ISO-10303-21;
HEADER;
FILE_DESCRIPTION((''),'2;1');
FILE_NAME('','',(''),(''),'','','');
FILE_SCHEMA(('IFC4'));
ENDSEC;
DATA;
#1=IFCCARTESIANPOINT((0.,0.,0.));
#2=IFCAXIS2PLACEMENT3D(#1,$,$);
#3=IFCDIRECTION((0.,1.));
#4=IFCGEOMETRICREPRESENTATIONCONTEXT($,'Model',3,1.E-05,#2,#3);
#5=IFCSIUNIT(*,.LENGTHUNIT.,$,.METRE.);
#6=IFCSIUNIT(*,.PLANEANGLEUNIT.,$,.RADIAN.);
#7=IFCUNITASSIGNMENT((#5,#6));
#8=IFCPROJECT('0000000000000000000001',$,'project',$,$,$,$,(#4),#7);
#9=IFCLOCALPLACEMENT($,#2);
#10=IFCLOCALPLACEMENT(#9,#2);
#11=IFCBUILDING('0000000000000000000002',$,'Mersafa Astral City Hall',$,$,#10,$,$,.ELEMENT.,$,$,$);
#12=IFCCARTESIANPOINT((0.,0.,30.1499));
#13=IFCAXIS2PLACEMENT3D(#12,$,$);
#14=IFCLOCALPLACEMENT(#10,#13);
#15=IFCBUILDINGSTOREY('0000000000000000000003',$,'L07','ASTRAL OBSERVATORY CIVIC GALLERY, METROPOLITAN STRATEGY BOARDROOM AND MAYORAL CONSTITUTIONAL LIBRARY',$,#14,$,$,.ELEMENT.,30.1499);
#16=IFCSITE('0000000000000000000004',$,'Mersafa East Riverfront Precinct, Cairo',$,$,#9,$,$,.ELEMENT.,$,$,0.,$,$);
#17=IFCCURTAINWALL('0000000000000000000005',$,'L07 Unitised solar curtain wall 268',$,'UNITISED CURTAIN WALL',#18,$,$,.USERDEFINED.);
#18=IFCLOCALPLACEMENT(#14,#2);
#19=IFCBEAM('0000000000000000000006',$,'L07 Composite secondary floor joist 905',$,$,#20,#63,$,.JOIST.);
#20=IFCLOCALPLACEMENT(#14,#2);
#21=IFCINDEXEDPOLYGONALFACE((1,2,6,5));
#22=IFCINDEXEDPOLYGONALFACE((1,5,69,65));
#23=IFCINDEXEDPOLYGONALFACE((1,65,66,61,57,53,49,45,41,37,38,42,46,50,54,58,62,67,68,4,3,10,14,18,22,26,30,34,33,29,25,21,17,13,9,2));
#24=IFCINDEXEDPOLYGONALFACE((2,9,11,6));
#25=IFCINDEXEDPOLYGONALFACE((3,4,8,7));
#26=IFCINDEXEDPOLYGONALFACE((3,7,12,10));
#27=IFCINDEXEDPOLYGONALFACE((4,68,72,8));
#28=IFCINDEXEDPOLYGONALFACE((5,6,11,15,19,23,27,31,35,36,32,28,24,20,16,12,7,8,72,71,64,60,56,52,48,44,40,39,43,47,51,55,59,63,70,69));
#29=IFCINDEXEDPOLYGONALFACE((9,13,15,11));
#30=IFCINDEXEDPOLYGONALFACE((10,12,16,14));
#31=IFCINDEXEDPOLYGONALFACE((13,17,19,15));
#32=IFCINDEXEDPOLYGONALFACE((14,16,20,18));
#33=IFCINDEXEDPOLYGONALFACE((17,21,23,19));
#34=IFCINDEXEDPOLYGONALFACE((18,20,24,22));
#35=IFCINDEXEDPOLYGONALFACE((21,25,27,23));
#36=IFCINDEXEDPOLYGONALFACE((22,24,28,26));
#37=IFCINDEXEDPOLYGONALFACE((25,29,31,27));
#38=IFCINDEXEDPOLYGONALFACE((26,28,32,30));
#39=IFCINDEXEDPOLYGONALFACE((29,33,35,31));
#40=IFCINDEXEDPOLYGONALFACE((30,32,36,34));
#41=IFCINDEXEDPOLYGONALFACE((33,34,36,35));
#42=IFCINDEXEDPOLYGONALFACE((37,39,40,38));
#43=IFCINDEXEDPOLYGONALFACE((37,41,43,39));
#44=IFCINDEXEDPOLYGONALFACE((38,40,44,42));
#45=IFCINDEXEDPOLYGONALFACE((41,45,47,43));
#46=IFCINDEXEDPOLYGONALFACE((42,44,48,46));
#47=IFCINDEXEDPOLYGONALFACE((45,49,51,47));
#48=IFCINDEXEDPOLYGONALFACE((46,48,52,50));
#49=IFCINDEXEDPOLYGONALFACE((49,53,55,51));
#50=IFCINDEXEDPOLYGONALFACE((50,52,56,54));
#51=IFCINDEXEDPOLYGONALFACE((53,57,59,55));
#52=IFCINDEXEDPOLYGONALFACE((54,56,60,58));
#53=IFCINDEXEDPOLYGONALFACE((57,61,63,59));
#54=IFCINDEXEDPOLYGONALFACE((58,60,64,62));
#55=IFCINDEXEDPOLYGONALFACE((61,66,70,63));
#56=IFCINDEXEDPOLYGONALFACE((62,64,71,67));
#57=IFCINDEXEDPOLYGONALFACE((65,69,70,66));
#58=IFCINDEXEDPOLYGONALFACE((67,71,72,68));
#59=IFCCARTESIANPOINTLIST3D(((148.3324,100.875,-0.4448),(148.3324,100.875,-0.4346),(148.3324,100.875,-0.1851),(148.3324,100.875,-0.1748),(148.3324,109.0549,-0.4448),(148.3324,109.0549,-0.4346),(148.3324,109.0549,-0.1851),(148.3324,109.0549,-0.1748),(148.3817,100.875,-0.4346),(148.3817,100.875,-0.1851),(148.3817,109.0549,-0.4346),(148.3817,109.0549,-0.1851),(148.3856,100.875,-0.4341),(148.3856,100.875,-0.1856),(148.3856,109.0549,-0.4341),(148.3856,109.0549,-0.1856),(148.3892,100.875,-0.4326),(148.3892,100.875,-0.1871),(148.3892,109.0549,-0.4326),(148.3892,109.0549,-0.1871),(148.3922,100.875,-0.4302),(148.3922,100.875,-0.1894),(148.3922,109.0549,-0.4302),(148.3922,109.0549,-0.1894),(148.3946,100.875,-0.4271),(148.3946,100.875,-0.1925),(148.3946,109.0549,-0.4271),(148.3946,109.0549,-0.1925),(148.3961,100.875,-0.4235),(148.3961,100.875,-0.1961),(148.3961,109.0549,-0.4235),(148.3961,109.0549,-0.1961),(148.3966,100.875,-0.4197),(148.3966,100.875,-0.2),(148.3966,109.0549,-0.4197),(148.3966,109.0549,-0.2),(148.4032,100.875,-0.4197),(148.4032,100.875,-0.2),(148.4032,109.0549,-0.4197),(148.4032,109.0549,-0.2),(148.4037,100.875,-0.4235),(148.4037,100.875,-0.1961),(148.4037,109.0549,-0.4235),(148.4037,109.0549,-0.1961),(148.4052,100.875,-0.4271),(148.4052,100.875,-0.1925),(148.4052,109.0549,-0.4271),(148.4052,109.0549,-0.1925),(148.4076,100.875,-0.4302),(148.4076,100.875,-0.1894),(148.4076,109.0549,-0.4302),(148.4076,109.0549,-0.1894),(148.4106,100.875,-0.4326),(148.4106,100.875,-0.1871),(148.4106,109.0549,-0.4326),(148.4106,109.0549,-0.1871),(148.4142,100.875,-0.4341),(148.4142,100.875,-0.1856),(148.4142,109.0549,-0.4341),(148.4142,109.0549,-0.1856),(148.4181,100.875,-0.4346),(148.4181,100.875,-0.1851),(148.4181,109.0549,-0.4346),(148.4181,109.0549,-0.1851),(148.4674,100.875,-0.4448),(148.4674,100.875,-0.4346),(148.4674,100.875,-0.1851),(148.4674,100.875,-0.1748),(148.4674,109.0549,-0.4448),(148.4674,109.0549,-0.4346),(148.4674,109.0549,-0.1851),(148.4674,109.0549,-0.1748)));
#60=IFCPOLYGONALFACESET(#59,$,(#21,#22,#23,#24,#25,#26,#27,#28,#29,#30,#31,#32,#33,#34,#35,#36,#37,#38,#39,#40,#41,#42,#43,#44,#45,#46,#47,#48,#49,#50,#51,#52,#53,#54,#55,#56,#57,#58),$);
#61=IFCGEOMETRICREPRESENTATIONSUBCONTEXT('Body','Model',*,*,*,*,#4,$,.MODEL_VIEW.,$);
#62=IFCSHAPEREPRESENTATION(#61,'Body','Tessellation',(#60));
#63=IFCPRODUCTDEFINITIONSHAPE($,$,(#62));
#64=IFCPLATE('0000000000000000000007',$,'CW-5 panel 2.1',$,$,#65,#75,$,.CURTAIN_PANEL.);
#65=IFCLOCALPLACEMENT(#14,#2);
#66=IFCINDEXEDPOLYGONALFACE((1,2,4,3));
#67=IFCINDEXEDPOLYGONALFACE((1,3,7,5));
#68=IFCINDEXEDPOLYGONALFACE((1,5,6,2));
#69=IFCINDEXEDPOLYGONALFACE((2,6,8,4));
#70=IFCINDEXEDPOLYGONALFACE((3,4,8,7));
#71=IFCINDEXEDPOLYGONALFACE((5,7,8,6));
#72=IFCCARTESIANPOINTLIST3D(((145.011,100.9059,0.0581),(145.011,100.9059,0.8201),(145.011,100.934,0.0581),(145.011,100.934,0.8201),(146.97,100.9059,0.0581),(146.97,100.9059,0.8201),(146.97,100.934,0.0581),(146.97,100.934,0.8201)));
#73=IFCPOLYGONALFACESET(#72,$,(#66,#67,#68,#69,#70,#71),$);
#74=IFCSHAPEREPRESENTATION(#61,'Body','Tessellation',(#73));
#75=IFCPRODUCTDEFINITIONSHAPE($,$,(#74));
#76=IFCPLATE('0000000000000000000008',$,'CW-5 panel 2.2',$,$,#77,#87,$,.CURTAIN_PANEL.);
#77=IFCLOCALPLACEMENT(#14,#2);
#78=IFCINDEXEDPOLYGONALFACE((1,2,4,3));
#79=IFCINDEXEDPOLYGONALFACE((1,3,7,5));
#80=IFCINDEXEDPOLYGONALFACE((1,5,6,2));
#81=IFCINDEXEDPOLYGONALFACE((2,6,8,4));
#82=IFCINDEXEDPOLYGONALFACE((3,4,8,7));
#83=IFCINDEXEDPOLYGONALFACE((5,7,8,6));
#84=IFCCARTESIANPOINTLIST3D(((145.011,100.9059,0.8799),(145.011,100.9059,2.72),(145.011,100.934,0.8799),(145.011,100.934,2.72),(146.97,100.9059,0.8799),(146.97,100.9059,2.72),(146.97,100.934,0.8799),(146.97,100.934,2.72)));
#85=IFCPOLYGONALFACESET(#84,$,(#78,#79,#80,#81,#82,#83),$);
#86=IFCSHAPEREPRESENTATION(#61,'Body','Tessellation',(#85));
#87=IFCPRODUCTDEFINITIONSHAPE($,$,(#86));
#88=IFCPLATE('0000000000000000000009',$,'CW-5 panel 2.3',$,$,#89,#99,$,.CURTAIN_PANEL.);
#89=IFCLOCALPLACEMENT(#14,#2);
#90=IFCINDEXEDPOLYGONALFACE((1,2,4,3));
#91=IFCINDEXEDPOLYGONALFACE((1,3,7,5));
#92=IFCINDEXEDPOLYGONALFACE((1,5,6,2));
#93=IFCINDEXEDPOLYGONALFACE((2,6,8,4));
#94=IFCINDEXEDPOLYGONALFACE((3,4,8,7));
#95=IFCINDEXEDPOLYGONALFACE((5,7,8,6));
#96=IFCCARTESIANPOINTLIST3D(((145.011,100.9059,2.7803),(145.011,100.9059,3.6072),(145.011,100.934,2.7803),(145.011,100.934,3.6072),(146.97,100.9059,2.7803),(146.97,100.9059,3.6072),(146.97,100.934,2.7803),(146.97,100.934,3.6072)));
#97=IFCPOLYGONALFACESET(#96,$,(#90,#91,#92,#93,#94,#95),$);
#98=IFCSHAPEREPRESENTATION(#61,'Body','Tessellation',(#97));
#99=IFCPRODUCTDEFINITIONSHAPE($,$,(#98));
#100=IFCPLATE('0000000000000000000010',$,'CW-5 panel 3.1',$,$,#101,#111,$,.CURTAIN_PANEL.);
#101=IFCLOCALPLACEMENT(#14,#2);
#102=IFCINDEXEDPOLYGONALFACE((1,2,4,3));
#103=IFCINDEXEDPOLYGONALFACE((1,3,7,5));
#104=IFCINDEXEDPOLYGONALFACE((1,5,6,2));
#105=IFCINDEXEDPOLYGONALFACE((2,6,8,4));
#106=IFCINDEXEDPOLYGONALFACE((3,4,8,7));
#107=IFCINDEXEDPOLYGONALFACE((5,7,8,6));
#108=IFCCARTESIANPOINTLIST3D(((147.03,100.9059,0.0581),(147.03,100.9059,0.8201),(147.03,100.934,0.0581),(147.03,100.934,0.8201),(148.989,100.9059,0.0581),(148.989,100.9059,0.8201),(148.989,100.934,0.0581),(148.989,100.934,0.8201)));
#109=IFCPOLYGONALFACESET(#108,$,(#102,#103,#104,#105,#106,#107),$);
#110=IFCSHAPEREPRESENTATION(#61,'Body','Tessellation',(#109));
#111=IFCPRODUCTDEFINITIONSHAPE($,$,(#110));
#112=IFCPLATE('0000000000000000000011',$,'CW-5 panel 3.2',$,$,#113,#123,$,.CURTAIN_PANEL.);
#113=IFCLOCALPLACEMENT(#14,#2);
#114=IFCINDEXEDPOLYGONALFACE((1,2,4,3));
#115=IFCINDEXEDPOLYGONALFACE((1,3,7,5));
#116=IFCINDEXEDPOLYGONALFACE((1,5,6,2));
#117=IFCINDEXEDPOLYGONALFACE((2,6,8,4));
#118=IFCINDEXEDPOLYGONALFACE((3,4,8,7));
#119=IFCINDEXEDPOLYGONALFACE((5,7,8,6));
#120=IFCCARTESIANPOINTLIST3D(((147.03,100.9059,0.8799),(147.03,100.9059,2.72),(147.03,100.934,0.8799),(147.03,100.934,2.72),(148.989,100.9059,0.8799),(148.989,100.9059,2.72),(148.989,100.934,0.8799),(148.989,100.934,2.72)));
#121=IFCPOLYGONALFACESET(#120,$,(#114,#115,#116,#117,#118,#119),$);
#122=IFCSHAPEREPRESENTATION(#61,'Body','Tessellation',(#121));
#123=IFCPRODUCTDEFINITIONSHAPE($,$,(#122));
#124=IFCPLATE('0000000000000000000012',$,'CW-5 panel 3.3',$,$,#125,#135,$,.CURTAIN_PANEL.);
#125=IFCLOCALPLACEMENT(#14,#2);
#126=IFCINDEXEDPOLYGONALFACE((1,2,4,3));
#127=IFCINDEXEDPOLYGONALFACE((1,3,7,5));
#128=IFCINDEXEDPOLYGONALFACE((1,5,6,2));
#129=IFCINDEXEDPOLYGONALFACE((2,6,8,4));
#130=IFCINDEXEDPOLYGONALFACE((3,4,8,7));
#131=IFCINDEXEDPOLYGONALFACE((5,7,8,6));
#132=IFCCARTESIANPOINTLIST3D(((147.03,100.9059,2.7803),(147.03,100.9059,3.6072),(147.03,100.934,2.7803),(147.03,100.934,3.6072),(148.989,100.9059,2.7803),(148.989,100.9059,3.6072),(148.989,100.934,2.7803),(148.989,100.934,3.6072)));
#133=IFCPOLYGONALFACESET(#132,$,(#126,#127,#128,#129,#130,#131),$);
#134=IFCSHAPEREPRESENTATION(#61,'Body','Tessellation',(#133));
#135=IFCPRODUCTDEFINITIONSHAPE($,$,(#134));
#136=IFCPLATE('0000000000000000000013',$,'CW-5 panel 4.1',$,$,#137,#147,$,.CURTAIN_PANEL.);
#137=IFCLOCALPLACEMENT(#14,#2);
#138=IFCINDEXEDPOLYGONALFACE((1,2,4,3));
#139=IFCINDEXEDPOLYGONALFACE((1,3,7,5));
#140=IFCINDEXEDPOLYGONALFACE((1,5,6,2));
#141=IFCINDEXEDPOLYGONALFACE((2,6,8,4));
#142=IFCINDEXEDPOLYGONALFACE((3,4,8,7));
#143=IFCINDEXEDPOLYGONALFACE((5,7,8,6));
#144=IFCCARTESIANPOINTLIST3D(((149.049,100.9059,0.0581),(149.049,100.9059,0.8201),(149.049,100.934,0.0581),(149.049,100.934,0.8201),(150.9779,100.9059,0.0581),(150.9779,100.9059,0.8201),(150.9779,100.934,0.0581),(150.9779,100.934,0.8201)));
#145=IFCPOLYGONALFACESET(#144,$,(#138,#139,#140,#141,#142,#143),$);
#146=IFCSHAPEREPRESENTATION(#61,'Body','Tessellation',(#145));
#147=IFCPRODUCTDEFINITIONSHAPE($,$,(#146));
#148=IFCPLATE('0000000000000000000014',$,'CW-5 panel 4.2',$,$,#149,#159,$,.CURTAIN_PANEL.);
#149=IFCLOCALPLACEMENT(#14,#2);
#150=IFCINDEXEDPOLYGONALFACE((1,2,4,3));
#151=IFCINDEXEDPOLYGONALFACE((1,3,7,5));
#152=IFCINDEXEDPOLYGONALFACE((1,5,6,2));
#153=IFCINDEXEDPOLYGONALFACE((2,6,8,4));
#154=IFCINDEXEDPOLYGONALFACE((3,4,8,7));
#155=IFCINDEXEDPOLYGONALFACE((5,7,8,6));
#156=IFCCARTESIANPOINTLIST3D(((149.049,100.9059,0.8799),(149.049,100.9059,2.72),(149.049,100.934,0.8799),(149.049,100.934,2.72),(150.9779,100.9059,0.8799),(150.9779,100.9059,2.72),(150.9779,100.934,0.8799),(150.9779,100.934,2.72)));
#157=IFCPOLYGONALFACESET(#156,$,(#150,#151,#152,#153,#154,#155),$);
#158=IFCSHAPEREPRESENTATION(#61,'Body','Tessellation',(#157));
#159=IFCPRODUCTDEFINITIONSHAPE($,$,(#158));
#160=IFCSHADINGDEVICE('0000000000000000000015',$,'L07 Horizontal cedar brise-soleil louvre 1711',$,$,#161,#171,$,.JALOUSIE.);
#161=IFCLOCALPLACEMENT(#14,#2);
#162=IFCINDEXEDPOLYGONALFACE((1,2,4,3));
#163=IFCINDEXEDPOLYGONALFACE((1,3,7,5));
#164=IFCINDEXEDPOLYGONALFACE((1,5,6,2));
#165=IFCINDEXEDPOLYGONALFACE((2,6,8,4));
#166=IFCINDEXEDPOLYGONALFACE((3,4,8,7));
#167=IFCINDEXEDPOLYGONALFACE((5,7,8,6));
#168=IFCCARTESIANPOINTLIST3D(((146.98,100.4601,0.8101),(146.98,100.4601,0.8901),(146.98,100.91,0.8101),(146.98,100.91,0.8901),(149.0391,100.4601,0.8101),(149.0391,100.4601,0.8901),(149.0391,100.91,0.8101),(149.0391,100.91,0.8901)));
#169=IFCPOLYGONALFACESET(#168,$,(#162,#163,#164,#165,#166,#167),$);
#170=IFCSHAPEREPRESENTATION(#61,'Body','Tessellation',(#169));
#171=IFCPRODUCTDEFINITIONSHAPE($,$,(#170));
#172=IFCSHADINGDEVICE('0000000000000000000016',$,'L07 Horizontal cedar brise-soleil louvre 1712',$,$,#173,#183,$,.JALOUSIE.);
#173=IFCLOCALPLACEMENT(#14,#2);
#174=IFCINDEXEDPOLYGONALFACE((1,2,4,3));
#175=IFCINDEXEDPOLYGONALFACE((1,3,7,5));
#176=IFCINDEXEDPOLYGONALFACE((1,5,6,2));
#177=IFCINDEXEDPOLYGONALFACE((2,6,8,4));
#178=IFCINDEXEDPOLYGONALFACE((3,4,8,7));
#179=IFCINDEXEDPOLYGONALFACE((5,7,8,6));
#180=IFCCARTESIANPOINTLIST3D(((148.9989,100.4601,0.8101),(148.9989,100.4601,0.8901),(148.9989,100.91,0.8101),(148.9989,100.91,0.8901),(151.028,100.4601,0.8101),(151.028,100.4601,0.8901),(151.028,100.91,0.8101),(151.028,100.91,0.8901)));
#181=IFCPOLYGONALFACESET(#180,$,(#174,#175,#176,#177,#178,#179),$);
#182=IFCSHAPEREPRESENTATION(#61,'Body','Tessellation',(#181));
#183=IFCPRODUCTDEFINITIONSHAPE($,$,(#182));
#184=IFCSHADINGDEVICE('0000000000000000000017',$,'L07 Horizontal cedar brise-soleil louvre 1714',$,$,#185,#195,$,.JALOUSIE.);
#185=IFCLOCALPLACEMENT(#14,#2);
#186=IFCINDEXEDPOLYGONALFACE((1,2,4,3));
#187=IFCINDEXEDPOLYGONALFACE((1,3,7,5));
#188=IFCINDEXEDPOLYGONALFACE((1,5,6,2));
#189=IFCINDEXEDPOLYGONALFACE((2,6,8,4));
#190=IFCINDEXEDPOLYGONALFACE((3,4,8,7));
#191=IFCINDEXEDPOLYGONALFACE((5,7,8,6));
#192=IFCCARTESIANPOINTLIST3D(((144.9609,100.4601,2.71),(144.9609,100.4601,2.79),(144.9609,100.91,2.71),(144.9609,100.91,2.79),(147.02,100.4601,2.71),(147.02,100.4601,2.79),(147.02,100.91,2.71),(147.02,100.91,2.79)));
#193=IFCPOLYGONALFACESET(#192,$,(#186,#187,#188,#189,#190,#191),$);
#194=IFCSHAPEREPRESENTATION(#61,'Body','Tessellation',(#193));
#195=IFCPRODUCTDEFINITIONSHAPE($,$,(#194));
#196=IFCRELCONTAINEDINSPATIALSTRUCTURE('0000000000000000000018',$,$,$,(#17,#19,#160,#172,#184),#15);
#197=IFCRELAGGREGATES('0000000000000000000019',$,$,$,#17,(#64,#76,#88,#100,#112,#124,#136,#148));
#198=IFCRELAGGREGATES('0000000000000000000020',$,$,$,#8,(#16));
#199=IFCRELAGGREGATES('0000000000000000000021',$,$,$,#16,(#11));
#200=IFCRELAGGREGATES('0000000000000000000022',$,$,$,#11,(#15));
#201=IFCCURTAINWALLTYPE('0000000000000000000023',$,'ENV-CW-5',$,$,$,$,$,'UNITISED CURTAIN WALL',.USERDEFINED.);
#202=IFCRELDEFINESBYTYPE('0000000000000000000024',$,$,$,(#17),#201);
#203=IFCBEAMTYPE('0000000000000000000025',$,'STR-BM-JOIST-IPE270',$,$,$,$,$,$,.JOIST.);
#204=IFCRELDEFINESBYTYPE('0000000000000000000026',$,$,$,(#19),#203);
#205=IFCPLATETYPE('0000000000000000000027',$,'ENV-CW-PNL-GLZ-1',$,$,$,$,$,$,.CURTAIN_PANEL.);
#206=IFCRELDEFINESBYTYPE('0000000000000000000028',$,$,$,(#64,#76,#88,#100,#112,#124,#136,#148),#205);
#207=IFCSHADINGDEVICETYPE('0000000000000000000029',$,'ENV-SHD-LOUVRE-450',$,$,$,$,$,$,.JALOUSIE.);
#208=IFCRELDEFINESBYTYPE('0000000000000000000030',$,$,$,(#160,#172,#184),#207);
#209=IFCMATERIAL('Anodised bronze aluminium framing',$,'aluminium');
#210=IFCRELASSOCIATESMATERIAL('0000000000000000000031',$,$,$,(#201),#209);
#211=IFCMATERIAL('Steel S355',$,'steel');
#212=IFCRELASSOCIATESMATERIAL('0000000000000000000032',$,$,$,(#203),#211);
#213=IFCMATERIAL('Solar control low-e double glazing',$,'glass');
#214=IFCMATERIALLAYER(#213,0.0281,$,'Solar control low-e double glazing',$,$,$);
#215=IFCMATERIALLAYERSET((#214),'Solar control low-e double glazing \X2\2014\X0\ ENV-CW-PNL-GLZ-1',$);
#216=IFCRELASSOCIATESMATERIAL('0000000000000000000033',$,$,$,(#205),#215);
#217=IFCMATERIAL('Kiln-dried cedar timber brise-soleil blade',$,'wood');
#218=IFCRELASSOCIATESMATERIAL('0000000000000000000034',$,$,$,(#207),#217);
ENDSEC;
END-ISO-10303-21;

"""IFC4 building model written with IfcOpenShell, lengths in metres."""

from ifc_helpers import new_model, si_unit, direction, frame, origin, origin_2d, place, context, subcontext, project, spatial, rectangle, i_section, extrude, material, layer, layer_set, material_profile, profile_set, type_object, element, aggregate, save


model = new_model("IFC4")

# Units and contexts
model_context = context("Model", 3, precision=1e-05, world=origin(), true_north=direction((0.0, 1.0)))
body_context = subcontext(model_context, "Body", "Model", "MODEL_VIEW")
ifc_project = project(units=[si_unit("LENGTHUNIT", "METRE"), si_unit("PLANEANGLEUNIT", "RADIAN")], contexts=[model_context])

# Site, building, storey
site_placement = place(None, origin())
site = spatial("IfcSite", under=ifc_project, at=site_placement, Name="Mersafa East Riverfront Precinct, Cairo", CompositionType="ELEMENT", RefElevation=0.0)
building_placement = place(site_placement, origin())
building = spatial("IfcBuilding", under=site, at=building_placement, Name="Mersafa Astral City Hall", CompositionType="ELEMENT")
storey_placement = place(building_placement, frame((0.0, 0.0, 30.1499)))
storey = spatial("IfcBuildingStorey", under=building, at=storey_placement, Name="L07", Description="ASTRAL OBSERVATORY CIVIC GALLERY, METROPOLITAN STRATEGY BOARDROOM AND MAYORAL CONSTITUTIONAL LIBRARY", CompositionType="ELEMENT", Elevation=30.1499)

# Curtain wall
ifc_material_1 = material(Name="Anodised bronze aluminium framing", Category="aluminium")
curtain_wall_type = type_object("IfcCurtainWallType", Name="ENV-CW-5", ElementType="UNITISED CURTAIN WALL", PredefinedType="USERDEFINED", material=ifc_material_1)
curtain_wall_placement = place(storey_placement, origin())
curtain_wall = element("IfcCurtainWall", 1, at=curtain_wall_placement, inside=storey, type_object=curtain_wall_type, Name="L07 Unitised solar curtain wall 268", ObjectType="UNITISED CURTAIN WALL", PredefinedType="USERDEFINED")

# Beam
ifc_material_2 = material(Name="Steel S355", Category="steel")
ifc_material_profile_1 = material_profile(ifc_material_2, i_section(OverallWidth=0.135, OverallDepth=0.27, WebThickness=0.0066, FlangeThickness=0.0103, FilletRadius=0.0149, at=origin_2d()), Name="IPE 270")
ifc_profile_set_1 = profile_set([ifc_material_profile_1], Name="Steel S355")
beam_type = type_object("IfcBeamType", Name="STR-BM-JOIST-IPE270", PredefinedType="JOIST", material=ifc_profile_set_1)
beam_placement = place(storey_placement, frame((148.3999, 100.875, -0.3098), z_axis=(0.0, 1.0, 0.0), x_axis=(-1.0, 0.0, 0.0)))
element("IfcBeam", 2, at=beam_placement, inside=storey, type_object=beam_type, Name="L07 Composite secondary floor joist 905", PredefinedType="JOIST", context=body_context, shape_type="SweptSolid", body=[
    extrude(i_section(OverallWidth=0.135, OverallDepth=0.27, WebThickness=0.0066, FlangeThickness=0.0103, FilletRadius=0.0149, at=origin_2d()), origin(), (0.0, 0.0, 1.0), 8.1799),
])

# Plates
ifc_material_3 = material(Name="Solar control low-e double glazing", Category="glass")
ifc_layer = layer(ifc_material_3, 0.0281, Name="Solar control low-e double glazing")
ifc_layer_set = layer_set([ifc_layer], Name="Solar control low-e double glazing — ENV-CW-PNL-GLZ-1")
plate_type = type_object("IfcPlateType", Name="ENV-CW-PNL-GLZ-1", PredefinedType="CURTAIN_PANEL", material=ifc_layer_set)
plate_1_placement = place(storey_placement, frame((145.9905, 100.9199, 0.0581), z_axis=(0.0, 0.0, 1.0), x_axis=(1.0, 0.0, 0.0)))
plate_1 = element("IfcPlate", 3, at=plate_1_placement, type_object=plate_type, Name="CW-5 panel 2.1", PredefinedType="CURTAIN_PANEL", context=body_context, shape_type="SweptSolid", body=[
    extrude(rectangle(XDim=1.959, YDim=0.0281, at=origin_2d()), origin(), (0.0, 0.0, 1.0), 0.762),
])
plate_2_placement = place(storey_placement, frame((145.9905, 100.9199, 0.8799), z_axis=(0.0, 0.0, 1.0), x_axis=(1.0, 0.0, 0.0)))
plate_2 = element("IfcPlate", 4, at=plate_2_placement, type_object=plate_type, Name="CW-5 panel 2.2", PredefinedType="CURTAIN_PANEL", context=body_context, shape_type="SweptSolid", body=[
    extrude(rectangle(XDim=1.959, YDim=0.0281, at=origin_2d()), origin(), (0.0, 0.0, 1.0), 1.8401),
])
plate_3_placement = place(storey_placement, frame((145.9905, 100.9199, 2.7803), z_axis=(0.0, 0.0, 1.0), x_axis=(1.0, 0.0, 0.0)))
plate_3 = element("IfcPlate", 5, at=plate_3_placement, type_object=plate_type, Name="CW-5 panel 2.3", PredefinedType="CURTAIN_PANEL", context=body_context, shape_type="SweptSolid", body=[
    extrude(rectangle(XDim=1.959, YDim=0.0281, at=origin_2d()), origin(), (0.0, 0.0, 1.0), 0.8269),
])
plate_4_placement = place(storey_placement, frame((148.0095, 100.9199, 0.0581), z_axis=(0.0, 0.0, 1.0), x_axis=(1.0, 0.0, 0.0)))
plate_4 = element("IfcPlate", 6, at=plate_4_placement, type_object=plate_type, Name="CW-5 panel 3.1", PredefinedType="CURTAIN_PANEL", context=body_context, shape_type="SweptSolid", body=[
    extrude(rectangle(XDim=1.959, YDim=0.0281, at=origin_2d()), origin(), (0.0, 0.0, 1.0), 0.762),
])
plate_5_placement = place(storey_placement, frame((148.0095, 100.9199, 0.8799), z_axis=(0.0, 0.0, 1.0), x_axis=(1.0, 0.0, 0.0)))
plate_5 = element("IfcPlate", 7, at=plate_5_placement, type_object=plate_type, Name="CW-5 panel 3.2", PredefinedType="CURTAIN_PANEL", context=body_context, shape_type="SweptSolid", body=[
    extrude(rectangle(XDim=1.959, YDim=0.0281, at=origin_2d()), origin(), (0.0, 0.0, 1.0), 1.8401),
])
plate_6_placement = place(storey_placement, frame((148.0095, 100.9199, 2.7803), z_axis=(0.0, 0.0, 1.0), x_axis=(1.0, 0.0, 0.0)))
plate_6 = element("IfcPlate", 8, at=plate_6_placement, type_object=plate_type, Name="CW-5 panel 3.3", PredefinedType="CURTAIN_PANEL", context=body_context, shape_type="SweptSolid", body=[
    extrude(rectangle(XDim=1.959, YDim=0.0281, at=origin_2d()), origin(), (0.0, 0.0, 1.0), 0.8269),
])
plate_7_placement = place(storey_placement, frame((150.0134, 100.9199, 0.0581), z_axis=(0.0, 0.0, 1.0), x_axis=(1.0, 0.0, 0.0)))
plate_7 = element("IfcPlate", 9, at=plate_7_placement, type_object=plate_type, Name="CW-5 panel 4.1", PredefinedType="CURTAIN_PANEL", context=body_context, shape_type="SweptSolid", body=[
    extrude(rectangle(XDim=1.929, YDim=0.0281, at=origin_2d()), origin(), (0.0, 0.0, 1.0), 0.762),
])
plate_8_placement = place(storey_placement, frame((150.0134, 100.9199, 0.8799), z_axis=(0.0, 0.0, 1.0), x_axis=(1.0, 0.0, 0.0)))
plate_8 = element("IfcPlate", 10, at=plate_8_placement, type_object=plate_type, Name="CW-5 panel 4.2", PredefinedType="CURTAIN_PANEL", context=body_context, shape_type="SweptSolid", body=[
    extrude(rectangle(XDim=1.929, YDim=0.0281, at=origin_2d()), origin(), (0.0, 0.0, 1.0), 1.8401),
])
aggregate(curtain_wall, [plate_1, plate_2, plate_3, plate_4, plate_5, plate_6, plate_7, plate_8])

# Shading devices
ifc_material_4 = material(Name="Kiln-dried cedar timber brise-soleil blade", Category="wood")
shading_device_type = type_object("IfcShadingDeviceType", Name="ENV-SHD-LOUVRE-450", PredefinedType="JALOUSIE", material=ifc_material_4)
shading_device_1_placement = place(storey_placement, frame((148.0095, 100.6851, 0.8101), z_axis=(0.0, 0.0, 1.0), x_axis=(1.0, 0.0, 0.0)))
element("IfcShadingDevice", 11, at=shading_device_1_placement, inside=storey, type_object=shading_device_type, Name="L07 Horizontal cedar brise-soleil louvre 1711", PredefinedType="JALOUSIE", context=body_context, shape_type="SweptSolid", body=[
    extrude(rectangle(XDim=2.0591, YDim=0.45, at=origin_2d()), origin(), (0.0, 0.0, 1.0), 0.0801),
])
shading_device_2_placement = place(storey_placement, frame((150.0134, 100.6851, 0.8101), z_axis=(0.0, 0.0, 1.0), x_axis=(1.0, 0.0, 0.0)))
element("IfcShadingDevice", 12, at=shading_device_2_placement, inside=storey, type_object=shading_device_type, Name="L07 Horizontal cedar brise-soleil louvre 1712", PredefinedType="JALOUSIE", context=body_context, shape_type="SweptSolid", body=[
    extrude(rectangle(XDim=2.0291, YDim=0.45, at=origin_2d()), origin(), (0.0, 0.0, 1.0), 0.0801),
])
for number, where, z_axis, x_axis, name in (
    (13, (145.9905, 100.6851, 2.71), (0.0, 0.0, 1.0), (1.0, 0.0, 0.0), "L07 Horizontal cedar brise-soleil louvre 1714"),
):
    element("IfcShadingDevice", number, at=place(storey_placement, frame(where, z_axis=z_axis, x_axis=x_axis)), inside=storey, type_object=shading_device_type, Name=name, PredefinedType="JALOUSIE", context=body_context, shape_type="SweptSolid", body=[
        extrude(rectangle(XDim=2.0591, YDim=0.45, at=origin_2d()), origin(), (0.0, 0.0, 1.0), 0.0801),
    ])

save(model, "model.ifc")
